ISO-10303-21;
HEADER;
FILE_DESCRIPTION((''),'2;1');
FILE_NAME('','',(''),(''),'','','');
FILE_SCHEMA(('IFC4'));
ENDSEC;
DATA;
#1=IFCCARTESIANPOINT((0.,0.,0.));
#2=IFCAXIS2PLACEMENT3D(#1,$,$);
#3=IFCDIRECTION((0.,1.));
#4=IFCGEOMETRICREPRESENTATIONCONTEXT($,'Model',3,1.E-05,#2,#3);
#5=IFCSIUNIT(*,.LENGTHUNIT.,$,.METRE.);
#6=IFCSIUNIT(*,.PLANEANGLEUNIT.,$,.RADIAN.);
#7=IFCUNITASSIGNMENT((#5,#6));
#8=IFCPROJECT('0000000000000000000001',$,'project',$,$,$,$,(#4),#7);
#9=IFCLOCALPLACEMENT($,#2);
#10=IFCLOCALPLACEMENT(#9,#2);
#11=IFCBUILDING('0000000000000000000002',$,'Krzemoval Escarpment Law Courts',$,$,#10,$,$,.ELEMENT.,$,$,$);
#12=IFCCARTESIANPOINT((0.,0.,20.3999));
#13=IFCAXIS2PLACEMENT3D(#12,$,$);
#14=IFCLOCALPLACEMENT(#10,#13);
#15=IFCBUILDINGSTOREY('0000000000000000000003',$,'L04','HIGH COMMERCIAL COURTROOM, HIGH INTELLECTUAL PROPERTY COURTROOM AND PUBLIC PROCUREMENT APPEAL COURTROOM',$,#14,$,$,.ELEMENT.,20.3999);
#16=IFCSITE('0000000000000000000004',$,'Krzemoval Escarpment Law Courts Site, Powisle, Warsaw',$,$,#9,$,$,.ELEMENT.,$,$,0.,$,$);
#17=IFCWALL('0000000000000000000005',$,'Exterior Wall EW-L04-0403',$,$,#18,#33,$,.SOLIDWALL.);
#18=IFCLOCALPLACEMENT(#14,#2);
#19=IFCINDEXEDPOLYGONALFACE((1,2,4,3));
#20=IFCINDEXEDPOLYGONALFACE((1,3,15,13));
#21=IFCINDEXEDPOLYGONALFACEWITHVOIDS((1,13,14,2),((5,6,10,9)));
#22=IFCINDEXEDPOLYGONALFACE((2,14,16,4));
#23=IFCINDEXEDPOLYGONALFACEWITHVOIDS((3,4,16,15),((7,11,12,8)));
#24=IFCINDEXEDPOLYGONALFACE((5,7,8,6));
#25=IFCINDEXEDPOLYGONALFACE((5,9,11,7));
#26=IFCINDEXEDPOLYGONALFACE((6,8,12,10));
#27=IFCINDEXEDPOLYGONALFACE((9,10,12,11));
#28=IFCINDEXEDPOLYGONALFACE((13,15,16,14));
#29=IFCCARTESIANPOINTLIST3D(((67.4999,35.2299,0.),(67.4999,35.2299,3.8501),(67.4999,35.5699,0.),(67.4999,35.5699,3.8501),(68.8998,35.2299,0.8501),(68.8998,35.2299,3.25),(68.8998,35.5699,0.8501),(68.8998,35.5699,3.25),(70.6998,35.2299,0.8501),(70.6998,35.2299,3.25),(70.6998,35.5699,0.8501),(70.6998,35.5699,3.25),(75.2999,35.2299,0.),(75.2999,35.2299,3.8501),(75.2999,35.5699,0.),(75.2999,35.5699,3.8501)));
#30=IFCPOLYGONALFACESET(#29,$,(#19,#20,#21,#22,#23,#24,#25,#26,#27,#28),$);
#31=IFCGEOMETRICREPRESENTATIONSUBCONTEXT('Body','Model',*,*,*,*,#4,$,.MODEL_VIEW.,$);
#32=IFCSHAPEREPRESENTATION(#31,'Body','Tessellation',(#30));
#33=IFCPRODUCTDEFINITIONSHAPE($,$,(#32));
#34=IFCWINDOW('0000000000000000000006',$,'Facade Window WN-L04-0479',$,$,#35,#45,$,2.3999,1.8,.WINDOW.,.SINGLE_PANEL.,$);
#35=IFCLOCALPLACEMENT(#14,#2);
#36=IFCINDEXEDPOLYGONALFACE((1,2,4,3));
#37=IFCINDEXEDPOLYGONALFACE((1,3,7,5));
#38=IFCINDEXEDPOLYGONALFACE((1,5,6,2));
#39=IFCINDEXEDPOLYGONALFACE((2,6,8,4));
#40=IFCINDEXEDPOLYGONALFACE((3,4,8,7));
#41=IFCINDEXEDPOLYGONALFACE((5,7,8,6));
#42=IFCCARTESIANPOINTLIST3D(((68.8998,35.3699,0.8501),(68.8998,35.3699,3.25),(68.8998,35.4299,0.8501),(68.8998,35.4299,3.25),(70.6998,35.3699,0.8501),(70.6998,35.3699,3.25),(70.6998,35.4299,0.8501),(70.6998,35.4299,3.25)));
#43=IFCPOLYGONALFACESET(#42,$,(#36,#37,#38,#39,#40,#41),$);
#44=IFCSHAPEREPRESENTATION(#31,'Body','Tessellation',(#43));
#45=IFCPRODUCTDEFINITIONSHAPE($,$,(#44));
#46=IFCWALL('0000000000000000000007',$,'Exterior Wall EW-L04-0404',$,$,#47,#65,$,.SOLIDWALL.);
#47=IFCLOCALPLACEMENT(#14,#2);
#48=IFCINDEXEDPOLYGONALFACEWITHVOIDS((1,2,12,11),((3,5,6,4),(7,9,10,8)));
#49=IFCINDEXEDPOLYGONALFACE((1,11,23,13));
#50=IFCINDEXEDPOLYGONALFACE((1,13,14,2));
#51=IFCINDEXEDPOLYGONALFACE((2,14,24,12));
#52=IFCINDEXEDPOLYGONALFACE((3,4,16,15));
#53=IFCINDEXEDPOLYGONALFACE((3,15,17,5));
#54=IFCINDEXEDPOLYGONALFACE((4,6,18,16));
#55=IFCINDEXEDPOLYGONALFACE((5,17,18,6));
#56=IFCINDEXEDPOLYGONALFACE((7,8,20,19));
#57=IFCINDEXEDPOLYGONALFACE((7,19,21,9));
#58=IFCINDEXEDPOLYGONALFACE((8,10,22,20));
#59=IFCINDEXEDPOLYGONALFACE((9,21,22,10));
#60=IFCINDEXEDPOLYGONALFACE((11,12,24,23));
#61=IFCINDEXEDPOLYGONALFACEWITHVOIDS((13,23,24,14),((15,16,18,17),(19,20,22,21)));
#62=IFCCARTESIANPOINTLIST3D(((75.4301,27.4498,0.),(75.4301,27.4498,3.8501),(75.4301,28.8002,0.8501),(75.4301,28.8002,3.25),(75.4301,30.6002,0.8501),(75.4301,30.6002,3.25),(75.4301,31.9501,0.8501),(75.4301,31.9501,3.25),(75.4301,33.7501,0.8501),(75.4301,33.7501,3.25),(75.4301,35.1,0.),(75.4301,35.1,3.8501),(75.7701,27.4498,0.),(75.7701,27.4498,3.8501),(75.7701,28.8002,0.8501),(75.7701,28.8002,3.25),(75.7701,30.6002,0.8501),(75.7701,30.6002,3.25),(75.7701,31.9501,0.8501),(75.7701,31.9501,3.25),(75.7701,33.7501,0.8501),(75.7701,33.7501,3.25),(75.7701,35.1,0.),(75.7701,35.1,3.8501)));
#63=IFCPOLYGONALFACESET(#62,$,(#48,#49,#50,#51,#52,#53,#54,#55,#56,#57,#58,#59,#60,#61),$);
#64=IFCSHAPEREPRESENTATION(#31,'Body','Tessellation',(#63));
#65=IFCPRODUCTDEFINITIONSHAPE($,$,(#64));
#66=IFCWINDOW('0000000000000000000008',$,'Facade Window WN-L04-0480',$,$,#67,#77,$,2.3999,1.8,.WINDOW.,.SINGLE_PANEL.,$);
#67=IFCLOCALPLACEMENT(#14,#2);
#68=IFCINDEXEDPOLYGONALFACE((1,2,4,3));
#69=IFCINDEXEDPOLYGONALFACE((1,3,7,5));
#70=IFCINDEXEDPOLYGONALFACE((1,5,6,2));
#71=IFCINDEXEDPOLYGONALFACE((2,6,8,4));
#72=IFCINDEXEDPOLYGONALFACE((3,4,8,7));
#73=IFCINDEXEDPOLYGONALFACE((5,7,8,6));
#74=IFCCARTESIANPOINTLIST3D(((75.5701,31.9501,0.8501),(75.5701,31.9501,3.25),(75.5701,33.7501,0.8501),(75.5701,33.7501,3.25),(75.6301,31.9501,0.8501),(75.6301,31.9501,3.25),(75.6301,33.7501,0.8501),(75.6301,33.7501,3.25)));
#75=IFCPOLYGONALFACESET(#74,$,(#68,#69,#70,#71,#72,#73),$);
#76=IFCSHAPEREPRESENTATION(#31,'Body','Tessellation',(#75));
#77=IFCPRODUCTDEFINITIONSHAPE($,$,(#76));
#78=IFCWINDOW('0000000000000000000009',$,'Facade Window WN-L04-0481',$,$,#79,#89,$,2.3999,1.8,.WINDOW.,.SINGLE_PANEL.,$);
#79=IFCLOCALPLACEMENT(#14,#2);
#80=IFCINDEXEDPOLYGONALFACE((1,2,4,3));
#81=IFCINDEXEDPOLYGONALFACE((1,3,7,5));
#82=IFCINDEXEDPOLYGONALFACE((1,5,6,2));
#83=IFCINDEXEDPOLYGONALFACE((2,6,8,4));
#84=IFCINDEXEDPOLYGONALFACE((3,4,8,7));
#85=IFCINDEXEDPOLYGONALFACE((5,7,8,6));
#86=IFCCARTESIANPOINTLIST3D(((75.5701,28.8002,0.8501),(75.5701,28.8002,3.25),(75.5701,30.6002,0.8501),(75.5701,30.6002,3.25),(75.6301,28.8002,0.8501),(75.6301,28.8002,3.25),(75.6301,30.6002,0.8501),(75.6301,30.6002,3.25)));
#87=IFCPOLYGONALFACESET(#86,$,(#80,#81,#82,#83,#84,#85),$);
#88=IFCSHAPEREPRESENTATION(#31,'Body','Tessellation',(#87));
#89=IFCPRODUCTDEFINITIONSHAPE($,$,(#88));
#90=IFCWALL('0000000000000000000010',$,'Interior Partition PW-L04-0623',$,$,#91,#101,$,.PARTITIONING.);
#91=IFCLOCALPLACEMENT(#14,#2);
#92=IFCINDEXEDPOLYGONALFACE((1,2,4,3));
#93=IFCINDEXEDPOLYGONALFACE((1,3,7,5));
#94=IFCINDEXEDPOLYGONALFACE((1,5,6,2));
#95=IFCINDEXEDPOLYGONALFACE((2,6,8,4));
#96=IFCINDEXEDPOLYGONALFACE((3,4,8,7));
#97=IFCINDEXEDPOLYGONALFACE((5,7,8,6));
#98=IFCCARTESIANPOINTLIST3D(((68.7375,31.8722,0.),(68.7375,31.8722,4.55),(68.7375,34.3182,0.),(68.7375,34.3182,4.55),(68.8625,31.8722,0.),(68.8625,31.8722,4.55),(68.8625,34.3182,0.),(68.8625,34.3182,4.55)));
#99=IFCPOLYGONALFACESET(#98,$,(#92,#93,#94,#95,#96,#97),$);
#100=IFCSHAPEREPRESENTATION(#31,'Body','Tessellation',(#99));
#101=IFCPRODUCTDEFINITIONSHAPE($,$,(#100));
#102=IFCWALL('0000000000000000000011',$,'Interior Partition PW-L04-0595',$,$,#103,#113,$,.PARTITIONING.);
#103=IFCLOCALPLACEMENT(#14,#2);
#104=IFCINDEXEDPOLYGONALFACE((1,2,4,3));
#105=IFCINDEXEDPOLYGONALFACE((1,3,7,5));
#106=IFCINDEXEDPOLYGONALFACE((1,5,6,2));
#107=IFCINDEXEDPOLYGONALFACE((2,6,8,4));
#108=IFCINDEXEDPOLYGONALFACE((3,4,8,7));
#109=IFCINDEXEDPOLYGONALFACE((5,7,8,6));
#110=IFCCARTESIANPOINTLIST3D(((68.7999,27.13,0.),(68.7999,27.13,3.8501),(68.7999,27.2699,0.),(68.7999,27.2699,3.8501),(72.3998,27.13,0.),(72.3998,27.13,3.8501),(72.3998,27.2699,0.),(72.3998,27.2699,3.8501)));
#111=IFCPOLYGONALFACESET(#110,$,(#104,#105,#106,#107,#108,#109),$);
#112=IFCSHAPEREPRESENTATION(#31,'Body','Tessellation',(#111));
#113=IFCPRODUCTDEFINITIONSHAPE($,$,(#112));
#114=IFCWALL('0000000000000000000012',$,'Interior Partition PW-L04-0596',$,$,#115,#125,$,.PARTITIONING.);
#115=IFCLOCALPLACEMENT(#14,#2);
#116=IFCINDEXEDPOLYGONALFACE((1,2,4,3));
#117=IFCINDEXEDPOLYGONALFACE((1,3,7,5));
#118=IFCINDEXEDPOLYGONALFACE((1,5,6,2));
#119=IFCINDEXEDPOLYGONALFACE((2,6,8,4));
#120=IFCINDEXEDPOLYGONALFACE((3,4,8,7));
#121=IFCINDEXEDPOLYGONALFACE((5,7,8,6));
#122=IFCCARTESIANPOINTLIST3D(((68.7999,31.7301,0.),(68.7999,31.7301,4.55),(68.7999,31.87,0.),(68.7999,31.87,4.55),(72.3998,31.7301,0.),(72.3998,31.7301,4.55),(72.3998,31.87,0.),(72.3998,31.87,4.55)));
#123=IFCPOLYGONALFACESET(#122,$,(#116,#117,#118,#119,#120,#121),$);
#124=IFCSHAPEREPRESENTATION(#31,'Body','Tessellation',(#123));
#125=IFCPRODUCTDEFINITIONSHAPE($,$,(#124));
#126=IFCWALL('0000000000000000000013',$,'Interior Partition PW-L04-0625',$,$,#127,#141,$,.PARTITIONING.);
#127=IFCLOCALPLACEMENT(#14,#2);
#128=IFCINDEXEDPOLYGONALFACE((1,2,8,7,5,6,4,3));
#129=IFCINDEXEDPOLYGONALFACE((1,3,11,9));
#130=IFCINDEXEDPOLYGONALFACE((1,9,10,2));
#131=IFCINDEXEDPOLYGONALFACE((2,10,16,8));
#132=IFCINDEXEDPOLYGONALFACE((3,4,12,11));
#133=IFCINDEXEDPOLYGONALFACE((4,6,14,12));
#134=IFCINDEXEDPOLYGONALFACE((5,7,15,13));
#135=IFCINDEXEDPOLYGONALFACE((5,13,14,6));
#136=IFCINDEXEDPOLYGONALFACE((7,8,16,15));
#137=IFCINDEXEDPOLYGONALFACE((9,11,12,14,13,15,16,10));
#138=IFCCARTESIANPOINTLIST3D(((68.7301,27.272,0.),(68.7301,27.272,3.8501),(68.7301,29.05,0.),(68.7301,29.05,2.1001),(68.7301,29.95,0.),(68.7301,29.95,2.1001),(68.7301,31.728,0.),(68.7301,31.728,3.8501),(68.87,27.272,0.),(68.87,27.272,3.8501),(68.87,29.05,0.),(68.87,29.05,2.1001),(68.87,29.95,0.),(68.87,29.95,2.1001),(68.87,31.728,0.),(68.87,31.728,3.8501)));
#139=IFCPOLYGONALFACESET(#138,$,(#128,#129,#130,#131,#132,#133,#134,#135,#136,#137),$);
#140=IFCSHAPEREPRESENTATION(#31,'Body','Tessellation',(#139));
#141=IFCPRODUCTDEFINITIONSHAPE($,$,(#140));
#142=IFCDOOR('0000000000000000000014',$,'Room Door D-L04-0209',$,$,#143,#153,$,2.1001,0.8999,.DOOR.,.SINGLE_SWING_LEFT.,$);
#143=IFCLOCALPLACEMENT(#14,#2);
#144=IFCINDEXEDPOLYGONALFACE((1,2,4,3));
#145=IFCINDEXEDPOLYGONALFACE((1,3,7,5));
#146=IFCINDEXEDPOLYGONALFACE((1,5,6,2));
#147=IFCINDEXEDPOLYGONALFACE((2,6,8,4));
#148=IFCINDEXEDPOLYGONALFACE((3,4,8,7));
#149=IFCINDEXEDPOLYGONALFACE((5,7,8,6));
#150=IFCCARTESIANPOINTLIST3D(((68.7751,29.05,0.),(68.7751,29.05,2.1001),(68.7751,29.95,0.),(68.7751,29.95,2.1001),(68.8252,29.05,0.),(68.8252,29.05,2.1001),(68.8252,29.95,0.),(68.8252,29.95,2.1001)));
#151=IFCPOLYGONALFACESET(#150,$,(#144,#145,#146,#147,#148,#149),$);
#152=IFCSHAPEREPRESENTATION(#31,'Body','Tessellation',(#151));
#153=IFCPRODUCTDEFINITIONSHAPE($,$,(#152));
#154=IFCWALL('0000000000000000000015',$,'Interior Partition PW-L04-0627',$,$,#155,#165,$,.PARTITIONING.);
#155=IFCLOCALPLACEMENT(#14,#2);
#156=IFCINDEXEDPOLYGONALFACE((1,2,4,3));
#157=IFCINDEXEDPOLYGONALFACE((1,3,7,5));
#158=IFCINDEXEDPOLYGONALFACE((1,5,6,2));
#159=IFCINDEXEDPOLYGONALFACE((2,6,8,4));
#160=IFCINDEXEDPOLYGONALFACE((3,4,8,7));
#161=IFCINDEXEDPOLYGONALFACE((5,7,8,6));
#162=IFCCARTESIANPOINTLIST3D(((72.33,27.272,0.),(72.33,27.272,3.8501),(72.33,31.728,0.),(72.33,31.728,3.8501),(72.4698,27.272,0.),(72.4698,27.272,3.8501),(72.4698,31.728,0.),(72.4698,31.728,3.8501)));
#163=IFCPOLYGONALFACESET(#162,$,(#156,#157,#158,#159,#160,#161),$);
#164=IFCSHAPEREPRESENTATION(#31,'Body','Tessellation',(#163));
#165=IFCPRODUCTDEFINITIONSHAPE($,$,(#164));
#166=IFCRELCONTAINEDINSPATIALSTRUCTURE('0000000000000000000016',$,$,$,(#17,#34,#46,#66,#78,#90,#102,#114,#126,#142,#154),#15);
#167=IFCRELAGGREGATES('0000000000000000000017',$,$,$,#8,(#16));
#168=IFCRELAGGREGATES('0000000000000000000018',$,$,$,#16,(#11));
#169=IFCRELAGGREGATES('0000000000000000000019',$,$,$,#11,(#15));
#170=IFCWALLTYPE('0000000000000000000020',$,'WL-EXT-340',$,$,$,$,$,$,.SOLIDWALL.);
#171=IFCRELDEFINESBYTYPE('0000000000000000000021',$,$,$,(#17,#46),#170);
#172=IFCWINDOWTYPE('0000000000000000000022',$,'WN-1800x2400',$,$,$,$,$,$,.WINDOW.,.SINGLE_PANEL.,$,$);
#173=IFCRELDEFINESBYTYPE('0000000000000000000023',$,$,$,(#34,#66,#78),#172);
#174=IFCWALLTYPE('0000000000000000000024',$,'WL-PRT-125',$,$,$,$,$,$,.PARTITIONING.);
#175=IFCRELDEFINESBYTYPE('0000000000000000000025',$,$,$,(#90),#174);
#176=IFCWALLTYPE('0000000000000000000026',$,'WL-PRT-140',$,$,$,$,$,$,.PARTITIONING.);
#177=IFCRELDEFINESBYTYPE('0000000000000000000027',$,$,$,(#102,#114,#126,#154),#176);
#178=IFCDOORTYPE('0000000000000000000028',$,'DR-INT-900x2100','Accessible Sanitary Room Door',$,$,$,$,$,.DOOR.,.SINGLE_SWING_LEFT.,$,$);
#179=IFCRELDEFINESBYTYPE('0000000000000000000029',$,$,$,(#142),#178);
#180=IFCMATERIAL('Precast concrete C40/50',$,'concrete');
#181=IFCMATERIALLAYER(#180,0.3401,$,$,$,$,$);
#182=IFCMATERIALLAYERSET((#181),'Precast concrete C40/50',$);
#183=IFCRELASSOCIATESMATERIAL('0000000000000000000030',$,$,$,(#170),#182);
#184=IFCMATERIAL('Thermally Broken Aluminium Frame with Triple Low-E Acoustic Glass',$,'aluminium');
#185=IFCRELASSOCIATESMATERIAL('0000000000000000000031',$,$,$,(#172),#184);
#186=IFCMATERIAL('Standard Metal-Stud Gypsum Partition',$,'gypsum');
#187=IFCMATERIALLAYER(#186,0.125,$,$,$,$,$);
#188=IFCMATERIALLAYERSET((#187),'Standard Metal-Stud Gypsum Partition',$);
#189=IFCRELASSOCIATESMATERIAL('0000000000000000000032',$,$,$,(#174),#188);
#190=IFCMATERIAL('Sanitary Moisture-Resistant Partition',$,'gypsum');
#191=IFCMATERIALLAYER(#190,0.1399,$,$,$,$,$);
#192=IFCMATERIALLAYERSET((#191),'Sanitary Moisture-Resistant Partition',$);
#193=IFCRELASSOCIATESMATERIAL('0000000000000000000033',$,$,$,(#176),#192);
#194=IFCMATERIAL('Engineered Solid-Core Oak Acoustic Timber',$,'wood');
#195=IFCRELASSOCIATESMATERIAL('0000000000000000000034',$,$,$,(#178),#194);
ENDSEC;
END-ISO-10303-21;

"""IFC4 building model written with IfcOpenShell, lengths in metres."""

from ifc_helpers import new_model, si_unit, direction, frame, frame_2d, origin, place, context, subcontext, project, spatial, rectangle, extrude, material, layer, layer_set, type_object, element, fill, save


model = new_model("IFC4")

# Units and contexts
model_context = context("Model", 3, precision=1e-05, world=origin(), true_north=direction((0.0, 1.0)))
body_context = subcontext(model_context, "Body", "Model", "MODEL_VIEW")
ifc_project = project(units=[si_unit("LENGTHUNIT", "METRE"), si_unit("PLANEANGLEUNIT", "RADIAN")], contexts=[model_context])

# Site, building, storey
site_placement = place(None, origin())
site = spatial("IfcSite", under=ifc_project, at=site_placement, Name="Krzemoval Escarpment Law Courts Site, Powisle, Warsaw", CompositionType="ELEMENT", RefElevation=0.0)
building_placement = place(site_placement, origin())
building = spatial("IfcBuilding", under=site, at=building_placement, Name="Krzemoval Escarpment Law Courts", CompositionType="ELEMENT")
storey_placement = place(building_placement, frame((0.0, 0.0, 20.3999)))
storey = spatial("IfcBuildingStorey", under=building, at=storey_placement, Name="L04", Description="HIGH COMMERCIAL COURTROOM, HIGH INTELLECTUAL PROPERTY COURTROOM AND PUBLIC PROCUREMENT APPEAL COURTROOM", CompositionType="ELEMENT", Elevation=20.3999)

# Wall, opening, window
ifc_material_1 = material(Name="Precast concrete C40/50", Category="concrete")
ifc_layer_1 = layer(ifc_material_1, 0.3401)
ifc_layer_set_1 = layer_set([ifc_layer_1], Name="Precast concrete C40/50")
wall_type_1 = type_object("IfcWallType", Name="WL-EXT-340", PredefinedType="SOLIDWALL", material=ifc_layer_set_1)
wall_1_placement = place(storey_placement, frame((67.5, 35.3999, 0.0), z_axis=(0.0, 0.0, 1.0), x_axis=(1.0, 0.0, 0.0)))
wall_1 = element("IfcWall", 1, at=wall_1_placement, inside=storey, type_object=wall_type_1, Name="Exterior Wall EW-L04-0403", PredefinedType="SOLIDWALL", context=body_context, shape_type="SweptSolid", body=[
    extrude(rectangle(XDim=7.8, YDim=0.3401, at=frame_2d((3.8999, 0.0))), origin(), (0.0, 0.0, 1.0), 3.8501),
])
opening_1_placement = place(wall_1_placement, frame((1.3999, 0.0, 0.8501)))
opening_1 = element("IfcOpeningElement", 2, at=opening_1_placement, cuts=wall_1, PredefinedType="OPENING", context=body_context, shape_type="SweptSolid", body=[
    extrude(rectangle(XDim=1.8, YDim=2.3999, at=frame_2d((0.8999, 1.2))), frame((0.0, 0.185, 0.0), z_axis=(0.0, -1.0, 0.0), x_axis=(1.0, 0.0, 0.0)), (0.0, 0.0, 1.0), 0.3701),
])
ifc_material_2 = material(Name="Thermally Broken Aluminium Frame with Triple Low-E Acoustic Glass", Category="aluminium")
window_type = type_object("IfcWindowType", Name="WN-1800x2400", PartitioningType="SINGLE_PANEL", PredefinedType="WINDOW", material=ifc_material_2)
window_1_placement = place(opening_1_placement, origin())
window_1 = element("IfcWindow", 3, at=window_1_placement, inside=storey, type_object=window_type, Name="Facade Window WN-L04-0479", OverallHeight=2.3999, OverallWidth=1.8, PartitioningType="SINGLE_PANEL", PredefinedType="WINDOW", context=body_context, shape_type="SweptSolid", body=[
    extrude(rectangle(XDim=1.8, YDim=2.3999, at=frame_2d((0.8999, 1.2))), frame((0.0, 0.03, 0.0), z_axis=(0.0, -1.0, 0.0), x_axis=(1.0, 0.0, 0.0)), (0.0, 0.0, 1.0), 0.0601),
])
fill(opening_1, window_1)

# Wall, openings, windows
wall_2_placement = place(storey_placement, frame((75.6001, 35.1001, 0.0), z_axis=(0.0, 0.0, 1.0), x_axis=(0.0, -1.0, 0.0)))
wall_2 = element("IfcWall", 4, at=wall_2_placement, inside=storey, type_object=wall_type_1, Name="Exterior Wall EW-L04-0404", PredefinedType="SOLIDWALL", context=body_context, shape_type="SweptSolid", body=[
    extrude(rectangle(XDim=7.6501, YDim=0.3401, at=frame_2d((3.8252, 0.0))), origin(), (0.0, 0.0, 1.0), 3.8501),
])
opening_2_placement = place(wall_2_placement, frame((1.3501, 0.0, 0.8501)))
opening_2 = element("IfcOpeningElement", 5, at=opening_2_placement, cuts=wall_2, PredefinedType="OPENING", context=body_context, shape_type="SweptSolid", body=[
    extrude(rectangle(XDim=1.8, YDim=2.3999, at=frame_2d((0.8999, 1.2))), frame((0.0, 0.185, 0.0), z_axis=(0.0, -1.0, 0.0), x_axis=(1.0, 0.0, 0.0)), (0.0, 0.0, 1.0), 0.3701),
])
opening_3_placement = place(wall_2_placement, frame((4.5, 0.0, 0.8501)))
opening_3 = element("IfcOpeningElement", 6, at=opening_3_placement, cuts=wall_2, PredefinedType="OPENING", context=body_context, shape_type="SweptSolid", body=[
    extrude(rectangle(XDim=1.8, YDim=2.3999, at=frame_2d((0.8999, 1.2))), frame((0.0, 0.185, 0.0), z_axis=(0.0, -1.0, 0.0), x_axis=(1.0, 0.0, 0.0)), (0.0, 0.0, 1.0), 0.3701),
])
window_2_placement = place(opening_2_placement, origin())
window_2 = element("IfcWindow", 7, at=window_2_placement, inside=storey, type_object=window_type, Name="Facade Window WN-L04-0480", OverallHeight=2.3999, OverallWidth=1.8, PartitioningType="SINGLE_PANEL", PredefinedType="WINDOW", context=body_context, shape_type="SweptSolid", body=[
    extrude(rectangle(XDim=1.8, YDim=2.3999, at=frame_2d((0.8999, 1.2))), frame((0.0, 0.03, 0.0), z_axis=(0.0, -1.0, 0.0), x_axis=(1.0, 0.0, 0.0)), (0.0, 0.0, 1.0), 0.0601),
])
fill(opening_2, window_2)
window_3_placement = place(opening_3_placement, origin())
window_3 = element("IfcWindow", 8, at=window_3_placement, inside=storey, type_object=window_type, Name="Facade Window WN-L04-0481", OverallHeight=2.3999, OverallWidth=1.8, PartitioningType="SINGLE_PANEL", PredefinedType="WINDOW", context=body_context, shape_type="SweptSolid", body=[
    extrude(rectangle(XDim=1.8, YDim=2.3999, at=frame_2d((0.8999, 1.2))), frame((0.0, 0.03, 0.0), z_axis=(0.0, -1.0, 0.0), x_axis=(1.0, 0.0, 0.0)), (0.0, 0.0, 1.0), 0.0601),
])
fill(opening_3, window_3)

# Walls
ifc_material_3 = material(Name="Standard Metal-Stud Gypsum Partition", Category="gypsum")
ifc_layer_2 = layer(ifc_material_3, 0.125)
ifc_layer_set_2 = layer_set([ifc_layer_2], Name="Standard Metal-Stud Gypsum Partition")
wall_type_2 = type_object("IfcWallType", Name="WL-PRT-125", PredefinedType="PARTITIONING", material=ifc_layer_set_2)
wall_3_placement = place(storey_placement, frame((68.8, 31.8721, 0.0), z_axis=(0.0, 0.0, 1.0), x_axis=(0.0, 1.0, 0.0)))
element("IfcWall", 9, at=wall_3_placement, inside=storey, type_object=wall_type_2, Name="Interior Partition PW-L04-0623", PredefinedType="PARTITIONING", context=body_context, shape_type="SweptSolid", body=[
    extrude(rectangle(XDim=2.446, YDim=0.125, at=frame_2d((1.2231, 0.0))), origin(), (0.0, 0.0, 1.0), 4.55),
])
ifc_material_4 = material(Name="Sanitary Moisture-Resistant Partition", Category="gypsum")
ifc_layer_3 = layer(ifc_material_4, 0.1399)
ifc_layer_set_3 = layer_set([ifc_layer_3], Name="Sanitary Moisture-Resistant Partition")
wall_type_3 = type_object("IfcWallType", Name="WL-PRT-140", PredefinedType="PARTITIONING", material=ifc_layer_set_3)
wall_4_placement = place(storey_placement, frame((68.8, 27.2, 0.0), z_axis=(0.0, 0.0, 1.0), x_axis=(1.0, 0.0, 0.0)))
element("IfcWall", 10, at=wall_4_placement, inside=storey, type_object=wall_type_3, Name="Interior Partition PW-L04-0595", PredefinedType="PARTITIONING", context=body_context, shape_type="SweptSolid", body=[
    extrude(rectangle(XDim=3.5999, YDim=0.1399, at=frame_2d((1.7998, 0.0))), origin(), (0.0, 0.0, 1.0), 3.8501),
])
wall_5_placement = place(storey_placement, frame((68.8, 31.8, 0.0), z_axis=(0.0, 0.0, 1.0), x_axis=(1.0, 0.0, 0.0)))
element("IfcWall", 11, at=wall_5_placement, inside=storey, type_object=wall_type_3, Name="Interior Partition PW-L04-0596", PredefinedType="PARTITIONING", context=body_context, shape_type="SweptSolid", body=[
    extrude(rectangle(XDim=3.5999, YDim=0.1399, at=frame_2d((1.7998, 0.0))), origin(), (0.0, 0.0, 1.0), 4.55),
])

# Wall, opening, door
wall_6_placement = place(storey_placement, frame((68.8, 27.272, 0.0), z_axis=(0.0, 0.0, 1.0), x_axis=(0.0, 1.0, 0.0)))
wall_6 = element("IfcWall", 12, at=wall_6_placement, inside=storey, type_object=wall_type_3, Name="Interior Partition PW-L04-0625", PredefinedType="PARTITIONING", context=body_context, shape_type="SweptSolid", body=[
    extrude(rectangle(XDim=4.4561, YDim=0.1399, at=frame_2d((2.228, 0.0))), origin(), (0.0, 0.0, 1.0), 3.8501),
])
opening_4_placement = place(wall_6_placement, frame((1.7781, 0.0, 0.0)))
opening_4 = element("IfcOpeningElement", 13, at=opening_4_placement, cuts=wall_6, PredefinedType="OPENING", context=body_context, shape_type="SweptSolid", body=[
    extrude(rectangle(XDim=0.8999, YDim=2.1001, at=frame_2d((0.45, 1.05))), frame((0.0, 0.0849, 0.0), z_axis=(0.0, -1.0, 0.0), x_axis=(1.0, 0.0, 0.0)), (0.0, 0.0, 1.0), 0.1699),
])
ifc_material_5 = material(Name="Engineered Solid-Core Oak Acoustic Timber", Category="wood")
door_type = type_object("IfcDoorType", Name="DR-INT-900x2100", Description="Accessible Sanitary Room Door", OperationType="SINGLE_SWING_LEFT", PredefinedType="DOOR", material=ifc_material_5)
door_placement = place(opening_4_placement, origin())
door = element("IfcDoor", 14, at=door_placement, inside=storey, type_object=door_type, Name="Room Door D-L04-0209", OperationType="SINGLE_SWING_LEFT", OverallHeight=2.1001, OverallWidth=0.8999, PredefinedType="DOOR", context=body_context, shape_type="SweptSolid", body=[
    extrude(rectangle(XDim=0.8999, YDim=2.1001, at=frame_2d((0.45, 1.05))), frame((0.0, 0.0249, 0.0), z_axis=(0.0, -1.0, 0.0), x_axis=(1.0, 0.0, 0.0)), (0.0, 0.0, 1.0), 0.05),
])
fill(opening_4, door)

# Wall
wall_7_placement = place(storey_placement, frame((72.3999, 27.272, 0.0), z_axis=(0.0, 0.0, 1.0), x_axis=(0.0, 1.0, 0.0)))
element("IfcWall", 15, at=wall_7_placement, inside=storey, type_object=wall_type_3, Name="Interior Partition PW-L04-0627", PredefinedType="PARTITIONING", context=body_context, shape_type="SweptSolid", body=[
    extrude(rectangle(XDim=4.4561, YDim=0.1399, at=frame_2d((2.228, 0.0))), origin(), (0.0, 0.0, 1.0), 3.8501),
])

save(model, "model.ifc")
